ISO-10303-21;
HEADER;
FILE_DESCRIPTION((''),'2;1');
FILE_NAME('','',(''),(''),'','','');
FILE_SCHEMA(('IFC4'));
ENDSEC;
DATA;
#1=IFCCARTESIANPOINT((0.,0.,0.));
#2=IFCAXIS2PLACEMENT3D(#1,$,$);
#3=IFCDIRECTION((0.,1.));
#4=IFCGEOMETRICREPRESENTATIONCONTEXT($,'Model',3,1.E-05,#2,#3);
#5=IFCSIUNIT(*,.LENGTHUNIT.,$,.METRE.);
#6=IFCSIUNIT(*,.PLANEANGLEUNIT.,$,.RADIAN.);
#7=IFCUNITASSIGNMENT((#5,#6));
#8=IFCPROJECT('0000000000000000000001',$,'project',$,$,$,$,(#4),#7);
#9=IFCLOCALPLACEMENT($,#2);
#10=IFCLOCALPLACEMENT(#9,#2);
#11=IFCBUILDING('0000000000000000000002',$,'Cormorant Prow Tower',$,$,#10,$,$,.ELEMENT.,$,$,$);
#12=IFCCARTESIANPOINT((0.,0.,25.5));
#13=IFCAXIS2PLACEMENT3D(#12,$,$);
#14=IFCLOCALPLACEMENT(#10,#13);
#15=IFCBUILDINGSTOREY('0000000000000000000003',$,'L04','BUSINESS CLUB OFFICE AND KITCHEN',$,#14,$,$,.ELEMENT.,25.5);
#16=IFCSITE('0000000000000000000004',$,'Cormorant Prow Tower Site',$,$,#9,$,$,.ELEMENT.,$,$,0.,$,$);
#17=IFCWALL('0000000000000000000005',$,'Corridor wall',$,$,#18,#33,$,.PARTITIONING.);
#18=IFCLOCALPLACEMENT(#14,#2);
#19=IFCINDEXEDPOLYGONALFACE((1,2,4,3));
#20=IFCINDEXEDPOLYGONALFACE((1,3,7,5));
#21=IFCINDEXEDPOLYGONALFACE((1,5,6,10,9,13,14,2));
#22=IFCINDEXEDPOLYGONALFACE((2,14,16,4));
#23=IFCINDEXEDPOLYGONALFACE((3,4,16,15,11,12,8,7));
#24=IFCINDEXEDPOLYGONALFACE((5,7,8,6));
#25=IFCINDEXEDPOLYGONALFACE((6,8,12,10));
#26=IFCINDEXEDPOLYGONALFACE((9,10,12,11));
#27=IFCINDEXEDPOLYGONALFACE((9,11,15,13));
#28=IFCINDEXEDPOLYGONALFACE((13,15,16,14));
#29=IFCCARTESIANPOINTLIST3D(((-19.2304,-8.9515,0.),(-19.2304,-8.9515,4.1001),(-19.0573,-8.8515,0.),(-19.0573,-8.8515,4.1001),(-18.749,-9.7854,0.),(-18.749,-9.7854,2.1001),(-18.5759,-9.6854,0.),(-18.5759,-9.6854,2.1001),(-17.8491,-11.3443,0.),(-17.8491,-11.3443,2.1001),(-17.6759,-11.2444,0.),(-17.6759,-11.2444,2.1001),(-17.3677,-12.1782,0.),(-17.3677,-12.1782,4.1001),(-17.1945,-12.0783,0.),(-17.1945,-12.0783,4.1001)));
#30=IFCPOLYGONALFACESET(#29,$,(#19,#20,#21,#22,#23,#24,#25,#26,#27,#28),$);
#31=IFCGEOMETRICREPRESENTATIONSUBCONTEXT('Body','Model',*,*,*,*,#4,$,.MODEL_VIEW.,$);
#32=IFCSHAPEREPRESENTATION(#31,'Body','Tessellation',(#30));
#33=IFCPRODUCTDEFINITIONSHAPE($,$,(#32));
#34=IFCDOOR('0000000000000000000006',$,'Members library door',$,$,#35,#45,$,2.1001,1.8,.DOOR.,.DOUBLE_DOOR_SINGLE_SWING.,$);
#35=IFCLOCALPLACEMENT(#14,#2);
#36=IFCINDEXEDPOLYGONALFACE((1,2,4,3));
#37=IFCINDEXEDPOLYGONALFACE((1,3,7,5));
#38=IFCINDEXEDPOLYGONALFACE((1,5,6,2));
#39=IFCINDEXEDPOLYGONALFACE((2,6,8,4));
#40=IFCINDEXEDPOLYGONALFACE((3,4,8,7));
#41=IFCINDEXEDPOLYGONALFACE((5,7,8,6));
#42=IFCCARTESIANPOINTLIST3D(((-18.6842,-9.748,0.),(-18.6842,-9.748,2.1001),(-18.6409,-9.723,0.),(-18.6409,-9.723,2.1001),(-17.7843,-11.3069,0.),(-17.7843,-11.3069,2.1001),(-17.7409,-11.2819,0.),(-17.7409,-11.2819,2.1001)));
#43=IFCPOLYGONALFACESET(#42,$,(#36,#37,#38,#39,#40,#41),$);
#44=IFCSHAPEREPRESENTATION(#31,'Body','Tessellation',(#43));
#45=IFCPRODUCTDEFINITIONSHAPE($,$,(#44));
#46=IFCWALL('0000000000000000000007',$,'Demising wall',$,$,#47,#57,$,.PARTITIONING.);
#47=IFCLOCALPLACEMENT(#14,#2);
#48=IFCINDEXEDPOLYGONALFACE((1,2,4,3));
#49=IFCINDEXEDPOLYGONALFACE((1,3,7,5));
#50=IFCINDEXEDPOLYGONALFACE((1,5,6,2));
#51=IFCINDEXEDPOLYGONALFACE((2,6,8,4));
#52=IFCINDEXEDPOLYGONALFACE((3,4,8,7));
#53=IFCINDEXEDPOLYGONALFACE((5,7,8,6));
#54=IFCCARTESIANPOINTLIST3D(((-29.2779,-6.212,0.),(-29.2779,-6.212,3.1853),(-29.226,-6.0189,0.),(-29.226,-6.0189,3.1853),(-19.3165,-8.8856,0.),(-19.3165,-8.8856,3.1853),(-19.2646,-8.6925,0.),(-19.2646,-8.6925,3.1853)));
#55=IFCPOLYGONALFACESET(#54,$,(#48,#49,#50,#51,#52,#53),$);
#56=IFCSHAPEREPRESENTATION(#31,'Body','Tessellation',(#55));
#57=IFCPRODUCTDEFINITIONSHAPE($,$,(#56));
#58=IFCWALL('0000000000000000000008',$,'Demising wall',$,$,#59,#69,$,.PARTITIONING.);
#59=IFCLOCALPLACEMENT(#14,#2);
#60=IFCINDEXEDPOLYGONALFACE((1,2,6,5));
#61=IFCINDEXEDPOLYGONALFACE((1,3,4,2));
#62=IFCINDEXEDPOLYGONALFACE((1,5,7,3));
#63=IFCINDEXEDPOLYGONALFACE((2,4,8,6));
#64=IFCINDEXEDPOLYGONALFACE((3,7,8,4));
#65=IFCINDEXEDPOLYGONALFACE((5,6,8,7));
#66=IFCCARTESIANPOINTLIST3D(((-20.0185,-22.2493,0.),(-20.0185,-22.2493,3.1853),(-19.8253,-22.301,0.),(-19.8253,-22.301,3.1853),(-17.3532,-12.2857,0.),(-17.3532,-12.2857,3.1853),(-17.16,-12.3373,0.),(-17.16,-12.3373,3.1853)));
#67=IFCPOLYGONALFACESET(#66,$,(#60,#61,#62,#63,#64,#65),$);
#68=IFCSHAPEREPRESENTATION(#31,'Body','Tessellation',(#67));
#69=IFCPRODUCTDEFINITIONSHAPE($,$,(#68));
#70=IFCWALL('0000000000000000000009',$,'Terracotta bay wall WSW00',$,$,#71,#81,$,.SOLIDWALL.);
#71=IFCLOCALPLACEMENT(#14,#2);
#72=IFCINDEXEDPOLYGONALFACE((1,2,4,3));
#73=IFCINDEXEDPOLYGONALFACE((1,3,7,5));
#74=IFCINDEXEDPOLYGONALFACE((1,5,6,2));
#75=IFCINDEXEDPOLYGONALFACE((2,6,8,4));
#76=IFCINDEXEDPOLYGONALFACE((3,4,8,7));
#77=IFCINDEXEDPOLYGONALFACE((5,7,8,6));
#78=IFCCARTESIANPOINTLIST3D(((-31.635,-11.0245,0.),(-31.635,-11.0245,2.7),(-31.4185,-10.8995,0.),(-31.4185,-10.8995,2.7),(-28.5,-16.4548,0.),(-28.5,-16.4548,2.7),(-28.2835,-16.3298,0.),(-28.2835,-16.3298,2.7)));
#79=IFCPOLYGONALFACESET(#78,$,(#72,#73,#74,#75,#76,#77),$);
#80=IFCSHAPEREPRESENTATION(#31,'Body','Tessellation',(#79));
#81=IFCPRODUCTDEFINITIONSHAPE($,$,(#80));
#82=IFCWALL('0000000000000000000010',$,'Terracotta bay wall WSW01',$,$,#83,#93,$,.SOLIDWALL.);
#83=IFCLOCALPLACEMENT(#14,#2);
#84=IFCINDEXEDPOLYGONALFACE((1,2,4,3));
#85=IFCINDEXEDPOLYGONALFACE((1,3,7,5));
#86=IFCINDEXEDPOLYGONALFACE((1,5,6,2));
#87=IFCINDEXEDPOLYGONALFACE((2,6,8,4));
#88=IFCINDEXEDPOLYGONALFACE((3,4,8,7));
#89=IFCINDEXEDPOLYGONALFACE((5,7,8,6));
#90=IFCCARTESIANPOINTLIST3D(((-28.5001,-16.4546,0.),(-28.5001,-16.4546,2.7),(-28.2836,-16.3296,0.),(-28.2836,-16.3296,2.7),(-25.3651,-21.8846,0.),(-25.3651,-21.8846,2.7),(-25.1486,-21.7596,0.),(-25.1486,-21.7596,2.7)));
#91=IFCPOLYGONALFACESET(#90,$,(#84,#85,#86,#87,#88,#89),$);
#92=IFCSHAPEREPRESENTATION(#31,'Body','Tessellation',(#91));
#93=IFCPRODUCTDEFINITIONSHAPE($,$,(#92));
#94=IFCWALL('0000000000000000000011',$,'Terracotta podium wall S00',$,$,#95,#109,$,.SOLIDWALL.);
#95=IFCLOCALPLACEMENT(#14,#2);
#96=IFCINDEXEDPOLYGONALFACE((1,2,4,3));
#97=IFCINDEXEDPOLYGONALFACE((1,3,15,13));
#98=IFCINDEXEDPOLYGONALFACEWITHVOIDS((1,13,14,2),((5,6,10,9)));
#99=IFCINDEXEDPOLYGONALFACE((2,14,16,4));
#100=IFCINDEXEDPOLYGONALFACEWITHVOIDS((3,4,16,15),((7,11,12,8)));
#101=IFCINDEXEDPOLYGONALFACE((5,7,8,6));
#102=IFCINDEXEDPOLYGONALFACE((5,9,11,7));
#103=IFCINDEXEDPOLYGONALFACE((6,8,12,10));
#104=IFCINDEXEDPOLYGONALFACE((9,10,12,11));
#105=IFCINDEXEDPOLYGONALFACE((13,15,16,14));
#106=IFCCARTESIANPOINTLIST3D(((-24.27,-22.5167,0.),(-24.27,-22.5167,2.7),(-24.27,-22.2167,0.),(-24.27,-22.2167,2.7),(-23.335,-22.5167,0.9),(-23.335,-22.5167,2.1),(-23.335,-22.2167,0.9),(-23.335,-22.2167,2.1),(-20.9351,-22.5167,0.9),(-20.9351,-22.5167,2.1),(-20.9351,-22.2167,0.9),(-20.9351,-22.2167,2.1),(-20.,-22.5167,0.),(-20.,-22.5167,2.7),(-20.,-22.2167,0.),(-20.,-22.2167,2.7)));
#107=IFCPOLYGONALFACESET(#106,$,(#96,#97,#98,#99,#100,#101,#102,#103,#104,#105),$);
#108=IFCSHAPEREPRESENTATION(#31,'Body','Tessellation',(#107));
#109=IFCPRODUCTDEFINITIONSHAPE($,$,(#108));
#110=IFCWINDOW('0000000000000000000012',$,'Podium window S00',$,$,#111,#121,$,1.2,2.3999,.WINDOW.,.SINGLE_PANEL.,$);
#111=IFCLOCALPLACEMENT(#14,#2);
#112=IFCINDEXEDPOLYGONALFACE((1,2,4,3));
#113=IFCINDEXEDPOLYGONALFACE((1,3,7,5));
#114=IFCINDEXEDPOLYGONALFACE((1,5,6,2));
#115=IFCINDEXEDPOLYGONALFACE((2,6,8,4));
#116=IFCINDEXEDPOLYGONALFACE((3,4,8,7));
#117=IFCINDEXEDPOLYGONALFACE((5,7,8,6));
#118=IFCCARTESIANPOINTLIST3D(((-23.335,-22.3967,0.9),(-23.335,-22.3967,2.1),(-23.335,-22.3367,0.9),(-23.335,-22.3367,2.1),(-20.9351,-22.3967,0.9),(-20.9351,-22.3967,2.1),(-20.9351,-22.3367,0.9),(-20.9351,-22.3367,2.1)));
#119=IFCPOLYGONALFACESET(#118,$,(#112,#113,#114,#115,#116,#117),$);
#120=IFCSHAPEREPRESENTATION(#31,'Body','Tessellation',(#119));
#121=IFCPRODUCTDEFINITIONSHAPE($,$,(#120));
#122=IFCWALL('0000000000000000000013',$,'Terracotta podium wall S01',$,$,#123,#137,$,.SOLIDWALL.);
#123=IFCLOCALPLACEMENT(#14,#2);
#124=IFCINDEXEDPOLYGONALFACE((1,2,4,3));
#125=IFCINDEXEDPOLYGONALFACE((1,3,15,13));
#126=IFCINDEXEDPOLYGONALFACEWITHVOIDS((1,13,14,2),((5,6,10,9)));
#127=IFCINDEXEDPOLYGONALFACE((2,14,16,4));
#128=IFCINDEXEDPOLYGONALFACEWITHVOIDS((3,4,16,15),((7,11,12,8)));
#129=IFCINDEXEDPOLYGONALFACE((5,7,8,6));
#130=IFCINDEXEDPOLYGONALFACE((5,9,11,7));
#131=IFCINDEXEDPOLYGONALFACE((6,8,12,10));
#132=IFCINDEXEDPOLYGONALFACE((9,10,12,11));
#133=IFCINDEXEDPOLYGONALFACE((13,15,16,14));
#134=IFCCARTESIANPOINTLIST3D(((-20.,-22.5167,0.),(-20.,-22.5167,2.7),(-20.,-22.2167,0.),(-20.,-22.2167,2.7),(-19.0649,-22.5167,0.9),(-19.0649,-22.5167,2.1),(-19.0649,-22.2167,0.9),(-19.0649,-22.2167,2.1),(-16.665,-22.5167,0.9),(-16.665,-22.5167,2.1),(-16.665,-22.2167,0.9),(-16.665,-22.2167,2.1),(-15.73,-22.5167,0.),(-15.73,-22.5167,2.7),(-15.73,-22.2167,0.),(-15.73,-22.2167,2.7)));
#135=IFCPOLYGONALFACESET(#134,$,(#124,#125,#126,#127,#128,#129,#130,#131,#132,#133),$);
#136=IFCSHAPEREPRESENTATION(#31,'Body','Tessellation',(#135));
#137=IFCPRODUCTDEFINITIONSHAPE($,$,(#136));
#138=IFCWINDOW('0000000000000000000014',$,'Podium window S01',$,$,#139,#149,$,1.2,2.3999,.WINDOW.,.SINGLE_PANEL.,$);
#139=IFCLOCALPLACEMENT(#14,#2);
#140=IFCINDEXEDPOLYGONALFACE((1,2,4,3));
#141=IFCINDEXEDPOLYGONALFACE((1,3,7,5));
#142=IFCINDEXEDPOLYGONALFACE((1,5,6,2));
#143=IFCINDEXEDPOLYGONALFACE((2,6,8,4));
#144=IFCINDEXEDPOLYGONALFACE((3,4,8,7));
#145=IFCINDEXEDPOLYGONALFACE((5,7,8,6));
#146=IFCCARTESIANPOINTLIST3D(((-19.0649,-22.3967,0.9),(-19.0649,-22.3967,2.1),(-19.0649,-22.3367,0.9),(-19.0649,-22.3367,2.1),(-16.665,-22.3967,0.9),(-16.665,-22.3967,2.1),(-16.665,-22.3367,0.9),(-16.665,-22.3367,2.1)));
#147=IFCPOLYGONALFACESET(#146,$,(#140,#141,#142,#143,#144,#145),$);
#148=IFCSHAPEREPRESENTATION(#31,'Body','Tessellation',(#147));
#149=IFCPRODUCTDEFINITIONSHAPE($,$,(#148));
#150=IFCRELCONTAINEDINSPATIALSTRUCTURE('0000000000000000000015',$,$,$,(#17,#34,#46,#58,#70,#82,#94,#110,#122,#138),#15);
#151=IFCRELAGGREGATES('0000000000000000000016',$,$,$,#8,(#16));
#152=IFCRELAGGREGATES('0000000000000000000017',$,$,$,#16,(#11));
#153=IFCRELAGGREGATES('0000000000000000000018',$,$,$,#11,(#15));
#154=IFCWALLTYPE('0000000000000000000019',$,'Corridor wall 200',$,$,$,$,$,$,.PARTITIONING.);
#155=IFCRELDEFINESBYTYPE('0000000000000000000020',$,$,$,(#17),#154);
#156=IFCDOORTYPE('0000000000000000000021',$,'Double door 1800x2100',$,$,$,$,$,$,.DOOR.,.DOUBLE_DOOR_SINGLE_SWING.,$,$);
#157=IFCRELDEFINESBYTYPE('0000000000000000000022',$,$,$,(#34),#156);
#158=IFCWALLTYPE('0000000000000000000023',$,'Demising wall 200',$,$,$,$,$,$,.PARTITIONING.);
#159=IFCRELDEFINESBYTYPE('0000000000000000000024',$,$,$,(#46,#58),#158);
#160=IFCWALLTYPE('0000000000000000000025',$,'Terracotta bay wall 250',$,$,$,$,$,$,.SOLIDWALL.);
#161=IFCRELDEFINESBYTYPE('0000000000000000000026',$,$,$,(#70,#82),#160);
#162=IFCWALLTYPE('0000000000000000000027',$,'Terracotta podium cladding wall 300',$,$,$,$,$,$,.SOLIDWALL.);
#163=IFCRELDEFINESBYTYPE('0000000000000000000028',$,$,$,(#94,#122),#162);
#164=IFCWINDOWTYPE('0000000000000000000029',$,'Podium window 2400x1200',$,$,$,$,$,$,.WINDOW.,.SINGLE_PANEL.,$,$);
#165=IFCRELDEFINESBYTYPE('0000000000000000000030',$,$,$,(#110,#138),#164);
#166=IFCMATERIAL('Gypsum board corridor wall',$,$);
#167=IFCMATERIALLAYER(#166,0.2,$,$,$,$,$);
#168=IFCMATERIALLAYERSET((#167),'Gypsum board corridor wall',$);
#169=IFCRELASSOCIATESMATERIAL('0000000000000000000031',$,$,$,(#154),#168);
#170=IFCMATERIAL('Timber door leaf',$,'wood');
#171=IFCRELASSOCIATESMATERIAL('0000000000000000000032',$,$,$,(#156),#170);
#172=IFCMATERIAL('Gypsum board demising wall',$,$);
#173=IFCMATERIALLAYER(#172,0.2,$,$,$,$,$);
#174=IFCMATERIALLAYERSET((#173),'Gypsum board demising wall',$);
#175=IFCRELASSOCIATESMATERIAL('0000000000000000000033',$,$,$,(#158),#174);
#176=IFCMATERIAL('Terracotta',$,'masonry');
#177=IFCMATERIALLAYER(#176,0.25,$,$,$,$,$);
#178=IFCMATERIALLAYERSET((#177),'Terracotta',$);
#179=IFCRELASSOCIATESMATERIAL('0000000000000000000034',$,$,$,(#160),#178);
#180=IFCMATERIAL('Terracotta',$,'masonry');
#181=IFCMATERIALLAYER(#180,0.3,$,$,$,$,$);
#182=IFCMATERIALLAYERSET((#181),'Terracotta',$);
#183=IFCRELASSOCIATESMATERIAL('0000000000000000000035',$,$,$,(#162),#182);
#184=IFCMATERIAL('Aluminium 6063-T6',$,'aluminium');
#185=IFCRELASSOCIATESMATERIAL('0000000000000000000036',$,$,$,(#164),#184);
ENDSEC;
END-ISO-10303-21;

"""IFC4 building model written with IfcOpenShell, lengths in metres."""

from ifc_helpers import new_model, si_unit, direction, frame, frame_2d, origin, place, context, subcontext, project, spatial, rectangle, extrude, material, layer, layer_set, type_object, element, fill, save


model = new_model("IFC4")

# Units and contexts
model_context = context("Model", 3, precision=1e-05, world=origin(), true_north=direction((0.0, 1.0)))
body_context = subcontext(model_context, "Body", "Model", "MODEL_VIEW")
ifc_project = project(units=[si_unit("LENGTHUNIT", "METRE"), si_unit("PLANEANGLEUNIT", "RADIAN")], contexts=[model_context])

# Site, building, storey
site_placement = place(None, origin())
site = spatial("IfcSite", under=ifc_project, at=site_placement, Name="Cormorant Prow Tower Site", CompositionType="ELEMENT", RefElevation=0.0)
building_placement = place(site_placement, origin())
building = spatial("IfcBuilding", under=site, at=building_placement, Name="Cormorant Prow Tower", CompositionType="ELEMENT")
storey_placement = place(building_placement, frame((0.0, 0.0, 25.5)))
storey = spatial("IfcBuildingStorey", under=building, at=storey_placement, Name="L04", Description="BUSINESS CLUB OFFICE AND KITCHEN", CompositionType="ELEMENT", Elevation=25.5)

# Shared definitions
ifc_material_1 = material(Name="Gypsum board corridor wall")
ifc_layer_1 = layer(ifc_material_1, 0.2)
ifc_layer_set_1 = layer_set([ifc_layer_1], Name="Gypsum board corridor wall")
wall_type_1 = type_object("IfcWallType", Name="Corridor wall 200", PredefinedType="PARTITIONING", material=ifc_layer_set_1)
ifc_material_2 = material(Name="Timber door leaf", Category="wood")
door_type = type_object("IfcDoorType", Name="Double door 1800x2100", OperationType="DOUBLE_DOOR_SINGLE_SWING", PredefinedType="DOOR", material=ifc_material_2)

# Wall, opening, door
wall_1_placement = place(storey_placement, frame((-19.1438, -8.9016, 0.0), z_axis=(0.0, 0.0, 1.0), x_axis=(0.499959, -0.866049, 0.0)))
wall_1 = element("IfcWall", 1, at=wall_1_placement, inside=storey, type_object=wall_type_1, Name="Corridor wall", PredefinedType="PARTITIONING", context=body_context, shape_type="SweptSolid", body=[
    extrude(rectangle(XDim=3.7258, YDim=0.2, at=frame_2d((1.8628, 0.0))), origin(), (0.0, 0.0, 1.0), 4.1001),
])
opening_1_placement = place(wall_1_placement, frame((0.9629, 0.0, 0.0)))
opening_1 = element("IfcOpeningElement", 2, at=opening_1_placement, cuts=wall_1, PredefinedType="OPENING", context=body_context, shape_type="SweptSolid", body=[
    extrude(rectangle(XDim=1.8, YDim=2.1001, at=frame_2d((0.8999, 1.05))), frame((0.0, 0.1099, 0.0), z_axis=(0.0, -1.0, 0.0), x_axis=(1.0, 0.0, 0.0)), (0.0, 0.0, 1.0), 0.22),
])
door_1_placement = place(opening_1_placement, origin())
door_1 = element("IfcDoor", 3, at=door_1_placement, inside=storey, type_object=door_type, Name="Members library door", OperationType="DOUBLE_DOOR_SINGLE_SWING", OverallHeight=2.1001, OverallWidth=1.8, PredefinedType="DOOR", context=body_context, shape_type="SweptSolid", body=[
    extrude(rectangle(XDim=1.8, YDim=2.1001, at=frame_2d((0.8999, 1.05))), frame((0.0, 0.0249, 0.0), z_axis=(0.0, -1.0, 0.0), x_axis=(1.0, 0.0, 0.0)), (0.0, 0.0, 1.0), 0.05),
])
fill(opening_1, door_1)

# Walls
ifc_material_3 = material(Name="Gypsum board demising wall")
ifc_layer_2 = layer(ifc_material_3, 0.2)
ifc_layer_set_2 = layer_set([ifc_layer_2], Name="Gypsum board demising wall")
wall_type_2 = type_object("IfcWallType", Name="Demising wall 200", PredefinedType="PARTITIONING", material=ifc_layer_set_2)
for number, where, z_axis, x_axis, name in (
    (4, (-29.252, -6.1155, 0.0), (0.0, 0.0, 1.0), (0.965818, -0.25922, 0.0), "Demising wall"),
    (5, (-19.9219, -22.2751, 0.0), (0.0, 0.0, 1.0), (0.258415, 0.966034, 0.0), "Demising wall"),
):
    element("IfcWall", number, at=place(storey_placement, frame(where, z_axis=z_axis, x_axis=x_axis)), inside=storey, type_object=wall_type_2, Name=name, PredefinedType="PARTITIONING", context=body_context, shape_type="SweptSolid", body=[
        extrude(rectangle(XDim=10.314, YDim=0.2, at=frame_2d((5.157, 0.0))), origin(), (0.0, 0.0, 1.0), 3.1853),
    ])
ifc_material_4 = material(Name="Terracotta", Category="masonry")
ifc_layer_3 = layer(ifc_material_4, 0.25)
ifc_layer_set_3 = layer_set([ifc_layer_3], Name="Terracotta")
wall_type_3 = type_object("IfcWallType", Name="Terracotta bay wall 250", PredefinedType="SOLIDWALL", material=ifc_layer_set_3)
wall_2_placement = place(storey_placement, frame((-31.5269, -10.9619, 0.0), z_axis=(0.0, 0.0, 1.0), x_axis=(0.499988, -0.866033, 0.0)))
element("IfcWall", 6, at=wall_2_placement, inside=storey, type_object=wall_type_3, Name="Terracotta bay wall WSW00", PredefinedType="SOLIDWALL", context=body_context, shape_type="SweptSolid", body=[
    extrude(rectangle(XDim=6.2703, YDim=0.25, at=frame_2d((3.1353, 0.0))), origin(), (0.0, 0.0, 1.0), 2.7),
])
wall_3_placement = place(storey_placement, frame((-28.3918, -16.3921, 0.0), z_axis=(0.0, 0.0, 1.0), x_axis=(0.500004, -0.866023, 0.0)))
element("IfcWall", 7, at=wall_3_placement, inside=storey, type_object=wall_type_3, Name="Terracotta bay wall WSW01", PredefinedType="SOLIDWALL", context=body_context, shape_type="SweptSolid", body=[
    extrude(rectangle(XDim=6.27, YDim=0.25, at=frame_2d((3.135, 0.0))), origin(), (0.0, 0.0, 1.0), 2.7),
])

# Walls, openings, windows
ifc_material_5 = material(Name="Terracotta", Category="masonry")
ifc_layer_4 = layer(ifc_material_5, 0.3)
ifc_layer_set_4 = layer_set([ifc_layer_4], Name="Terracotta")
wall_type_4 = type_object("IfcWallType", Name="Terracotta podium cladding wall 300", PredefinedType="SOLIDWALL", material=ifc_layer_set_4)
wall_4_placement = place(storey_placement, frame((-24.27, -22.3667, 0.0), z_axis=(0.0, 0.0, 1.0), x_axis=(1.0, 0.0, 0.0)))
wall_4 = element("IfcWall", 8, at=wall_4_placement, inside=storey, type_object=wall_type_4, Name="Terracotta podium wall S00", PredefinedType="SOLIDWALL", context=body_context, shape_type="SweptSolid", body=[
    extrude(rectangle(XDim=4.27, YDim=0.3, at=frame_2d((2.135, 0.0))), origin(), (0.0, 0.0, 1.0), 2.7),
])
opening_2_placement = place(wall_4_placement, frame((0.9351, 0.0, 0.8999)))
opening_2 = element("IfcOpeningElement", 9, at=opening_2_placement, cuts=wall_4, PredefinedType="OPENING", context=body_context, shape_type="SweptSolid", body=[
    extrude(rectangle(XDim=2.3999, YDim=1.2, at=frame_2d((1.2, 0.6001))), frame((0.0, 0.1599, 0.0), z_axis=(0.0, -1.0, 0.0), x_axis=(1.0, 0.0, 0.0)), (0.0, 0.0, 1.0), 0.3201),
])
ifc_material_6 = material(Name="Aluminium 6063-T6", Category="aluminium")
window_type = type_object("IfcWindowType", Name="Podium window 2400x1200", PartitioningType="SINGLE_PANEL", PredefinedType="WINDOW", material=ifc_material_6)
window_1_placement = place(opening_2_placement, origin())
window_1 = element("IfcWindow", 10, at=window_1_placement, inside=storey, type_object=window_type, Name="Podium window S00", OverallHeight=1.2, OverallWidth=2.3999, PartitioningType="SINGLE_PANEL", PredefinedType="WINDOW", context=body_context, shape_type="SweptSolid", body=[
    extrude(rectangle(XDim=2.3999, YDim=1.2, at=frame_2d((1.2, 0.6001))), frame((0.0, 0.03, 0.0), z_axis=(0.0, -1.0, 0.0), x_axis=(1.0, 0.0, 0.0)), (0.0, 0.0, 1.0), 0.0601),
])
fill(opening_2, window_1)
wall_5_placement = place(storey_placement, frame((-20.0, -22.3667, 0.0), z_axis=(0.0, 0.0, 1.0), x_axis=(1.0, 0.0, 0.0)))
wall_5 = element("IfcWall", 11, at=wall_5_placement, inside=storey, type_object=wall_type_4, Name="Terracotta podium wall S01", PredefinedType="SOLIDWALL", context=body_context, shape_type="SweptSolid", body=[
    extrude(rectangle(XDim=4.27, YDim=0.3, at=frame_2d((2.135, 0.0))), origin(), (0.0, 0.0, 1.0), 2.7),
])
opening_3_placement = place(wall_5_placement, frame((0.9351, 0.0, 0.8999)))
opening_3 = element("IfcOpeningElement", 12, at=opening_3_placement, cuts=wall_5, PredefinedType="OPENING", context=body_context, shape_type="SweptSolid", body=[
    extrude(rectangle(XDim=2.3999, YDim=1.2, at=frame_2d((1.2, 0.6001))), frame((0.0, 0.1599, 0.0), z_axis=(0.0, -1.0, 0.0), x_axis=(1.0, 0.0, 0.0)), (0.0, 0.0, 1.0), 0.3201),
])
window_2_placement = place(opening_3_placement, origin())
window_2 = element("IfcWindow", 13, at=window_2_placement, inside=storey, type_object=window_type, Name="Podium window S01", OverallHeight=1.2, OverallWidth=2.3999, PartitioningType="SINGLE_PANEL", PredefinedType="WINDOW", context=body_context, shape_type="SweptSolid", body=[
    extrude(rectangle(XDim=2.3999, YDim=1.2, at=frame_2d((1.2, 0.6001))), frame((0.0, 0.03, 0.0), z_axis=(0.0, -1.0, 0.0), x_axis=(1.0, 0.0, 0.0)), (0.0, 0.0, 1.0), 0.0601),
])
fill(opening_3, window_2)

save(model, "model.ifc")
